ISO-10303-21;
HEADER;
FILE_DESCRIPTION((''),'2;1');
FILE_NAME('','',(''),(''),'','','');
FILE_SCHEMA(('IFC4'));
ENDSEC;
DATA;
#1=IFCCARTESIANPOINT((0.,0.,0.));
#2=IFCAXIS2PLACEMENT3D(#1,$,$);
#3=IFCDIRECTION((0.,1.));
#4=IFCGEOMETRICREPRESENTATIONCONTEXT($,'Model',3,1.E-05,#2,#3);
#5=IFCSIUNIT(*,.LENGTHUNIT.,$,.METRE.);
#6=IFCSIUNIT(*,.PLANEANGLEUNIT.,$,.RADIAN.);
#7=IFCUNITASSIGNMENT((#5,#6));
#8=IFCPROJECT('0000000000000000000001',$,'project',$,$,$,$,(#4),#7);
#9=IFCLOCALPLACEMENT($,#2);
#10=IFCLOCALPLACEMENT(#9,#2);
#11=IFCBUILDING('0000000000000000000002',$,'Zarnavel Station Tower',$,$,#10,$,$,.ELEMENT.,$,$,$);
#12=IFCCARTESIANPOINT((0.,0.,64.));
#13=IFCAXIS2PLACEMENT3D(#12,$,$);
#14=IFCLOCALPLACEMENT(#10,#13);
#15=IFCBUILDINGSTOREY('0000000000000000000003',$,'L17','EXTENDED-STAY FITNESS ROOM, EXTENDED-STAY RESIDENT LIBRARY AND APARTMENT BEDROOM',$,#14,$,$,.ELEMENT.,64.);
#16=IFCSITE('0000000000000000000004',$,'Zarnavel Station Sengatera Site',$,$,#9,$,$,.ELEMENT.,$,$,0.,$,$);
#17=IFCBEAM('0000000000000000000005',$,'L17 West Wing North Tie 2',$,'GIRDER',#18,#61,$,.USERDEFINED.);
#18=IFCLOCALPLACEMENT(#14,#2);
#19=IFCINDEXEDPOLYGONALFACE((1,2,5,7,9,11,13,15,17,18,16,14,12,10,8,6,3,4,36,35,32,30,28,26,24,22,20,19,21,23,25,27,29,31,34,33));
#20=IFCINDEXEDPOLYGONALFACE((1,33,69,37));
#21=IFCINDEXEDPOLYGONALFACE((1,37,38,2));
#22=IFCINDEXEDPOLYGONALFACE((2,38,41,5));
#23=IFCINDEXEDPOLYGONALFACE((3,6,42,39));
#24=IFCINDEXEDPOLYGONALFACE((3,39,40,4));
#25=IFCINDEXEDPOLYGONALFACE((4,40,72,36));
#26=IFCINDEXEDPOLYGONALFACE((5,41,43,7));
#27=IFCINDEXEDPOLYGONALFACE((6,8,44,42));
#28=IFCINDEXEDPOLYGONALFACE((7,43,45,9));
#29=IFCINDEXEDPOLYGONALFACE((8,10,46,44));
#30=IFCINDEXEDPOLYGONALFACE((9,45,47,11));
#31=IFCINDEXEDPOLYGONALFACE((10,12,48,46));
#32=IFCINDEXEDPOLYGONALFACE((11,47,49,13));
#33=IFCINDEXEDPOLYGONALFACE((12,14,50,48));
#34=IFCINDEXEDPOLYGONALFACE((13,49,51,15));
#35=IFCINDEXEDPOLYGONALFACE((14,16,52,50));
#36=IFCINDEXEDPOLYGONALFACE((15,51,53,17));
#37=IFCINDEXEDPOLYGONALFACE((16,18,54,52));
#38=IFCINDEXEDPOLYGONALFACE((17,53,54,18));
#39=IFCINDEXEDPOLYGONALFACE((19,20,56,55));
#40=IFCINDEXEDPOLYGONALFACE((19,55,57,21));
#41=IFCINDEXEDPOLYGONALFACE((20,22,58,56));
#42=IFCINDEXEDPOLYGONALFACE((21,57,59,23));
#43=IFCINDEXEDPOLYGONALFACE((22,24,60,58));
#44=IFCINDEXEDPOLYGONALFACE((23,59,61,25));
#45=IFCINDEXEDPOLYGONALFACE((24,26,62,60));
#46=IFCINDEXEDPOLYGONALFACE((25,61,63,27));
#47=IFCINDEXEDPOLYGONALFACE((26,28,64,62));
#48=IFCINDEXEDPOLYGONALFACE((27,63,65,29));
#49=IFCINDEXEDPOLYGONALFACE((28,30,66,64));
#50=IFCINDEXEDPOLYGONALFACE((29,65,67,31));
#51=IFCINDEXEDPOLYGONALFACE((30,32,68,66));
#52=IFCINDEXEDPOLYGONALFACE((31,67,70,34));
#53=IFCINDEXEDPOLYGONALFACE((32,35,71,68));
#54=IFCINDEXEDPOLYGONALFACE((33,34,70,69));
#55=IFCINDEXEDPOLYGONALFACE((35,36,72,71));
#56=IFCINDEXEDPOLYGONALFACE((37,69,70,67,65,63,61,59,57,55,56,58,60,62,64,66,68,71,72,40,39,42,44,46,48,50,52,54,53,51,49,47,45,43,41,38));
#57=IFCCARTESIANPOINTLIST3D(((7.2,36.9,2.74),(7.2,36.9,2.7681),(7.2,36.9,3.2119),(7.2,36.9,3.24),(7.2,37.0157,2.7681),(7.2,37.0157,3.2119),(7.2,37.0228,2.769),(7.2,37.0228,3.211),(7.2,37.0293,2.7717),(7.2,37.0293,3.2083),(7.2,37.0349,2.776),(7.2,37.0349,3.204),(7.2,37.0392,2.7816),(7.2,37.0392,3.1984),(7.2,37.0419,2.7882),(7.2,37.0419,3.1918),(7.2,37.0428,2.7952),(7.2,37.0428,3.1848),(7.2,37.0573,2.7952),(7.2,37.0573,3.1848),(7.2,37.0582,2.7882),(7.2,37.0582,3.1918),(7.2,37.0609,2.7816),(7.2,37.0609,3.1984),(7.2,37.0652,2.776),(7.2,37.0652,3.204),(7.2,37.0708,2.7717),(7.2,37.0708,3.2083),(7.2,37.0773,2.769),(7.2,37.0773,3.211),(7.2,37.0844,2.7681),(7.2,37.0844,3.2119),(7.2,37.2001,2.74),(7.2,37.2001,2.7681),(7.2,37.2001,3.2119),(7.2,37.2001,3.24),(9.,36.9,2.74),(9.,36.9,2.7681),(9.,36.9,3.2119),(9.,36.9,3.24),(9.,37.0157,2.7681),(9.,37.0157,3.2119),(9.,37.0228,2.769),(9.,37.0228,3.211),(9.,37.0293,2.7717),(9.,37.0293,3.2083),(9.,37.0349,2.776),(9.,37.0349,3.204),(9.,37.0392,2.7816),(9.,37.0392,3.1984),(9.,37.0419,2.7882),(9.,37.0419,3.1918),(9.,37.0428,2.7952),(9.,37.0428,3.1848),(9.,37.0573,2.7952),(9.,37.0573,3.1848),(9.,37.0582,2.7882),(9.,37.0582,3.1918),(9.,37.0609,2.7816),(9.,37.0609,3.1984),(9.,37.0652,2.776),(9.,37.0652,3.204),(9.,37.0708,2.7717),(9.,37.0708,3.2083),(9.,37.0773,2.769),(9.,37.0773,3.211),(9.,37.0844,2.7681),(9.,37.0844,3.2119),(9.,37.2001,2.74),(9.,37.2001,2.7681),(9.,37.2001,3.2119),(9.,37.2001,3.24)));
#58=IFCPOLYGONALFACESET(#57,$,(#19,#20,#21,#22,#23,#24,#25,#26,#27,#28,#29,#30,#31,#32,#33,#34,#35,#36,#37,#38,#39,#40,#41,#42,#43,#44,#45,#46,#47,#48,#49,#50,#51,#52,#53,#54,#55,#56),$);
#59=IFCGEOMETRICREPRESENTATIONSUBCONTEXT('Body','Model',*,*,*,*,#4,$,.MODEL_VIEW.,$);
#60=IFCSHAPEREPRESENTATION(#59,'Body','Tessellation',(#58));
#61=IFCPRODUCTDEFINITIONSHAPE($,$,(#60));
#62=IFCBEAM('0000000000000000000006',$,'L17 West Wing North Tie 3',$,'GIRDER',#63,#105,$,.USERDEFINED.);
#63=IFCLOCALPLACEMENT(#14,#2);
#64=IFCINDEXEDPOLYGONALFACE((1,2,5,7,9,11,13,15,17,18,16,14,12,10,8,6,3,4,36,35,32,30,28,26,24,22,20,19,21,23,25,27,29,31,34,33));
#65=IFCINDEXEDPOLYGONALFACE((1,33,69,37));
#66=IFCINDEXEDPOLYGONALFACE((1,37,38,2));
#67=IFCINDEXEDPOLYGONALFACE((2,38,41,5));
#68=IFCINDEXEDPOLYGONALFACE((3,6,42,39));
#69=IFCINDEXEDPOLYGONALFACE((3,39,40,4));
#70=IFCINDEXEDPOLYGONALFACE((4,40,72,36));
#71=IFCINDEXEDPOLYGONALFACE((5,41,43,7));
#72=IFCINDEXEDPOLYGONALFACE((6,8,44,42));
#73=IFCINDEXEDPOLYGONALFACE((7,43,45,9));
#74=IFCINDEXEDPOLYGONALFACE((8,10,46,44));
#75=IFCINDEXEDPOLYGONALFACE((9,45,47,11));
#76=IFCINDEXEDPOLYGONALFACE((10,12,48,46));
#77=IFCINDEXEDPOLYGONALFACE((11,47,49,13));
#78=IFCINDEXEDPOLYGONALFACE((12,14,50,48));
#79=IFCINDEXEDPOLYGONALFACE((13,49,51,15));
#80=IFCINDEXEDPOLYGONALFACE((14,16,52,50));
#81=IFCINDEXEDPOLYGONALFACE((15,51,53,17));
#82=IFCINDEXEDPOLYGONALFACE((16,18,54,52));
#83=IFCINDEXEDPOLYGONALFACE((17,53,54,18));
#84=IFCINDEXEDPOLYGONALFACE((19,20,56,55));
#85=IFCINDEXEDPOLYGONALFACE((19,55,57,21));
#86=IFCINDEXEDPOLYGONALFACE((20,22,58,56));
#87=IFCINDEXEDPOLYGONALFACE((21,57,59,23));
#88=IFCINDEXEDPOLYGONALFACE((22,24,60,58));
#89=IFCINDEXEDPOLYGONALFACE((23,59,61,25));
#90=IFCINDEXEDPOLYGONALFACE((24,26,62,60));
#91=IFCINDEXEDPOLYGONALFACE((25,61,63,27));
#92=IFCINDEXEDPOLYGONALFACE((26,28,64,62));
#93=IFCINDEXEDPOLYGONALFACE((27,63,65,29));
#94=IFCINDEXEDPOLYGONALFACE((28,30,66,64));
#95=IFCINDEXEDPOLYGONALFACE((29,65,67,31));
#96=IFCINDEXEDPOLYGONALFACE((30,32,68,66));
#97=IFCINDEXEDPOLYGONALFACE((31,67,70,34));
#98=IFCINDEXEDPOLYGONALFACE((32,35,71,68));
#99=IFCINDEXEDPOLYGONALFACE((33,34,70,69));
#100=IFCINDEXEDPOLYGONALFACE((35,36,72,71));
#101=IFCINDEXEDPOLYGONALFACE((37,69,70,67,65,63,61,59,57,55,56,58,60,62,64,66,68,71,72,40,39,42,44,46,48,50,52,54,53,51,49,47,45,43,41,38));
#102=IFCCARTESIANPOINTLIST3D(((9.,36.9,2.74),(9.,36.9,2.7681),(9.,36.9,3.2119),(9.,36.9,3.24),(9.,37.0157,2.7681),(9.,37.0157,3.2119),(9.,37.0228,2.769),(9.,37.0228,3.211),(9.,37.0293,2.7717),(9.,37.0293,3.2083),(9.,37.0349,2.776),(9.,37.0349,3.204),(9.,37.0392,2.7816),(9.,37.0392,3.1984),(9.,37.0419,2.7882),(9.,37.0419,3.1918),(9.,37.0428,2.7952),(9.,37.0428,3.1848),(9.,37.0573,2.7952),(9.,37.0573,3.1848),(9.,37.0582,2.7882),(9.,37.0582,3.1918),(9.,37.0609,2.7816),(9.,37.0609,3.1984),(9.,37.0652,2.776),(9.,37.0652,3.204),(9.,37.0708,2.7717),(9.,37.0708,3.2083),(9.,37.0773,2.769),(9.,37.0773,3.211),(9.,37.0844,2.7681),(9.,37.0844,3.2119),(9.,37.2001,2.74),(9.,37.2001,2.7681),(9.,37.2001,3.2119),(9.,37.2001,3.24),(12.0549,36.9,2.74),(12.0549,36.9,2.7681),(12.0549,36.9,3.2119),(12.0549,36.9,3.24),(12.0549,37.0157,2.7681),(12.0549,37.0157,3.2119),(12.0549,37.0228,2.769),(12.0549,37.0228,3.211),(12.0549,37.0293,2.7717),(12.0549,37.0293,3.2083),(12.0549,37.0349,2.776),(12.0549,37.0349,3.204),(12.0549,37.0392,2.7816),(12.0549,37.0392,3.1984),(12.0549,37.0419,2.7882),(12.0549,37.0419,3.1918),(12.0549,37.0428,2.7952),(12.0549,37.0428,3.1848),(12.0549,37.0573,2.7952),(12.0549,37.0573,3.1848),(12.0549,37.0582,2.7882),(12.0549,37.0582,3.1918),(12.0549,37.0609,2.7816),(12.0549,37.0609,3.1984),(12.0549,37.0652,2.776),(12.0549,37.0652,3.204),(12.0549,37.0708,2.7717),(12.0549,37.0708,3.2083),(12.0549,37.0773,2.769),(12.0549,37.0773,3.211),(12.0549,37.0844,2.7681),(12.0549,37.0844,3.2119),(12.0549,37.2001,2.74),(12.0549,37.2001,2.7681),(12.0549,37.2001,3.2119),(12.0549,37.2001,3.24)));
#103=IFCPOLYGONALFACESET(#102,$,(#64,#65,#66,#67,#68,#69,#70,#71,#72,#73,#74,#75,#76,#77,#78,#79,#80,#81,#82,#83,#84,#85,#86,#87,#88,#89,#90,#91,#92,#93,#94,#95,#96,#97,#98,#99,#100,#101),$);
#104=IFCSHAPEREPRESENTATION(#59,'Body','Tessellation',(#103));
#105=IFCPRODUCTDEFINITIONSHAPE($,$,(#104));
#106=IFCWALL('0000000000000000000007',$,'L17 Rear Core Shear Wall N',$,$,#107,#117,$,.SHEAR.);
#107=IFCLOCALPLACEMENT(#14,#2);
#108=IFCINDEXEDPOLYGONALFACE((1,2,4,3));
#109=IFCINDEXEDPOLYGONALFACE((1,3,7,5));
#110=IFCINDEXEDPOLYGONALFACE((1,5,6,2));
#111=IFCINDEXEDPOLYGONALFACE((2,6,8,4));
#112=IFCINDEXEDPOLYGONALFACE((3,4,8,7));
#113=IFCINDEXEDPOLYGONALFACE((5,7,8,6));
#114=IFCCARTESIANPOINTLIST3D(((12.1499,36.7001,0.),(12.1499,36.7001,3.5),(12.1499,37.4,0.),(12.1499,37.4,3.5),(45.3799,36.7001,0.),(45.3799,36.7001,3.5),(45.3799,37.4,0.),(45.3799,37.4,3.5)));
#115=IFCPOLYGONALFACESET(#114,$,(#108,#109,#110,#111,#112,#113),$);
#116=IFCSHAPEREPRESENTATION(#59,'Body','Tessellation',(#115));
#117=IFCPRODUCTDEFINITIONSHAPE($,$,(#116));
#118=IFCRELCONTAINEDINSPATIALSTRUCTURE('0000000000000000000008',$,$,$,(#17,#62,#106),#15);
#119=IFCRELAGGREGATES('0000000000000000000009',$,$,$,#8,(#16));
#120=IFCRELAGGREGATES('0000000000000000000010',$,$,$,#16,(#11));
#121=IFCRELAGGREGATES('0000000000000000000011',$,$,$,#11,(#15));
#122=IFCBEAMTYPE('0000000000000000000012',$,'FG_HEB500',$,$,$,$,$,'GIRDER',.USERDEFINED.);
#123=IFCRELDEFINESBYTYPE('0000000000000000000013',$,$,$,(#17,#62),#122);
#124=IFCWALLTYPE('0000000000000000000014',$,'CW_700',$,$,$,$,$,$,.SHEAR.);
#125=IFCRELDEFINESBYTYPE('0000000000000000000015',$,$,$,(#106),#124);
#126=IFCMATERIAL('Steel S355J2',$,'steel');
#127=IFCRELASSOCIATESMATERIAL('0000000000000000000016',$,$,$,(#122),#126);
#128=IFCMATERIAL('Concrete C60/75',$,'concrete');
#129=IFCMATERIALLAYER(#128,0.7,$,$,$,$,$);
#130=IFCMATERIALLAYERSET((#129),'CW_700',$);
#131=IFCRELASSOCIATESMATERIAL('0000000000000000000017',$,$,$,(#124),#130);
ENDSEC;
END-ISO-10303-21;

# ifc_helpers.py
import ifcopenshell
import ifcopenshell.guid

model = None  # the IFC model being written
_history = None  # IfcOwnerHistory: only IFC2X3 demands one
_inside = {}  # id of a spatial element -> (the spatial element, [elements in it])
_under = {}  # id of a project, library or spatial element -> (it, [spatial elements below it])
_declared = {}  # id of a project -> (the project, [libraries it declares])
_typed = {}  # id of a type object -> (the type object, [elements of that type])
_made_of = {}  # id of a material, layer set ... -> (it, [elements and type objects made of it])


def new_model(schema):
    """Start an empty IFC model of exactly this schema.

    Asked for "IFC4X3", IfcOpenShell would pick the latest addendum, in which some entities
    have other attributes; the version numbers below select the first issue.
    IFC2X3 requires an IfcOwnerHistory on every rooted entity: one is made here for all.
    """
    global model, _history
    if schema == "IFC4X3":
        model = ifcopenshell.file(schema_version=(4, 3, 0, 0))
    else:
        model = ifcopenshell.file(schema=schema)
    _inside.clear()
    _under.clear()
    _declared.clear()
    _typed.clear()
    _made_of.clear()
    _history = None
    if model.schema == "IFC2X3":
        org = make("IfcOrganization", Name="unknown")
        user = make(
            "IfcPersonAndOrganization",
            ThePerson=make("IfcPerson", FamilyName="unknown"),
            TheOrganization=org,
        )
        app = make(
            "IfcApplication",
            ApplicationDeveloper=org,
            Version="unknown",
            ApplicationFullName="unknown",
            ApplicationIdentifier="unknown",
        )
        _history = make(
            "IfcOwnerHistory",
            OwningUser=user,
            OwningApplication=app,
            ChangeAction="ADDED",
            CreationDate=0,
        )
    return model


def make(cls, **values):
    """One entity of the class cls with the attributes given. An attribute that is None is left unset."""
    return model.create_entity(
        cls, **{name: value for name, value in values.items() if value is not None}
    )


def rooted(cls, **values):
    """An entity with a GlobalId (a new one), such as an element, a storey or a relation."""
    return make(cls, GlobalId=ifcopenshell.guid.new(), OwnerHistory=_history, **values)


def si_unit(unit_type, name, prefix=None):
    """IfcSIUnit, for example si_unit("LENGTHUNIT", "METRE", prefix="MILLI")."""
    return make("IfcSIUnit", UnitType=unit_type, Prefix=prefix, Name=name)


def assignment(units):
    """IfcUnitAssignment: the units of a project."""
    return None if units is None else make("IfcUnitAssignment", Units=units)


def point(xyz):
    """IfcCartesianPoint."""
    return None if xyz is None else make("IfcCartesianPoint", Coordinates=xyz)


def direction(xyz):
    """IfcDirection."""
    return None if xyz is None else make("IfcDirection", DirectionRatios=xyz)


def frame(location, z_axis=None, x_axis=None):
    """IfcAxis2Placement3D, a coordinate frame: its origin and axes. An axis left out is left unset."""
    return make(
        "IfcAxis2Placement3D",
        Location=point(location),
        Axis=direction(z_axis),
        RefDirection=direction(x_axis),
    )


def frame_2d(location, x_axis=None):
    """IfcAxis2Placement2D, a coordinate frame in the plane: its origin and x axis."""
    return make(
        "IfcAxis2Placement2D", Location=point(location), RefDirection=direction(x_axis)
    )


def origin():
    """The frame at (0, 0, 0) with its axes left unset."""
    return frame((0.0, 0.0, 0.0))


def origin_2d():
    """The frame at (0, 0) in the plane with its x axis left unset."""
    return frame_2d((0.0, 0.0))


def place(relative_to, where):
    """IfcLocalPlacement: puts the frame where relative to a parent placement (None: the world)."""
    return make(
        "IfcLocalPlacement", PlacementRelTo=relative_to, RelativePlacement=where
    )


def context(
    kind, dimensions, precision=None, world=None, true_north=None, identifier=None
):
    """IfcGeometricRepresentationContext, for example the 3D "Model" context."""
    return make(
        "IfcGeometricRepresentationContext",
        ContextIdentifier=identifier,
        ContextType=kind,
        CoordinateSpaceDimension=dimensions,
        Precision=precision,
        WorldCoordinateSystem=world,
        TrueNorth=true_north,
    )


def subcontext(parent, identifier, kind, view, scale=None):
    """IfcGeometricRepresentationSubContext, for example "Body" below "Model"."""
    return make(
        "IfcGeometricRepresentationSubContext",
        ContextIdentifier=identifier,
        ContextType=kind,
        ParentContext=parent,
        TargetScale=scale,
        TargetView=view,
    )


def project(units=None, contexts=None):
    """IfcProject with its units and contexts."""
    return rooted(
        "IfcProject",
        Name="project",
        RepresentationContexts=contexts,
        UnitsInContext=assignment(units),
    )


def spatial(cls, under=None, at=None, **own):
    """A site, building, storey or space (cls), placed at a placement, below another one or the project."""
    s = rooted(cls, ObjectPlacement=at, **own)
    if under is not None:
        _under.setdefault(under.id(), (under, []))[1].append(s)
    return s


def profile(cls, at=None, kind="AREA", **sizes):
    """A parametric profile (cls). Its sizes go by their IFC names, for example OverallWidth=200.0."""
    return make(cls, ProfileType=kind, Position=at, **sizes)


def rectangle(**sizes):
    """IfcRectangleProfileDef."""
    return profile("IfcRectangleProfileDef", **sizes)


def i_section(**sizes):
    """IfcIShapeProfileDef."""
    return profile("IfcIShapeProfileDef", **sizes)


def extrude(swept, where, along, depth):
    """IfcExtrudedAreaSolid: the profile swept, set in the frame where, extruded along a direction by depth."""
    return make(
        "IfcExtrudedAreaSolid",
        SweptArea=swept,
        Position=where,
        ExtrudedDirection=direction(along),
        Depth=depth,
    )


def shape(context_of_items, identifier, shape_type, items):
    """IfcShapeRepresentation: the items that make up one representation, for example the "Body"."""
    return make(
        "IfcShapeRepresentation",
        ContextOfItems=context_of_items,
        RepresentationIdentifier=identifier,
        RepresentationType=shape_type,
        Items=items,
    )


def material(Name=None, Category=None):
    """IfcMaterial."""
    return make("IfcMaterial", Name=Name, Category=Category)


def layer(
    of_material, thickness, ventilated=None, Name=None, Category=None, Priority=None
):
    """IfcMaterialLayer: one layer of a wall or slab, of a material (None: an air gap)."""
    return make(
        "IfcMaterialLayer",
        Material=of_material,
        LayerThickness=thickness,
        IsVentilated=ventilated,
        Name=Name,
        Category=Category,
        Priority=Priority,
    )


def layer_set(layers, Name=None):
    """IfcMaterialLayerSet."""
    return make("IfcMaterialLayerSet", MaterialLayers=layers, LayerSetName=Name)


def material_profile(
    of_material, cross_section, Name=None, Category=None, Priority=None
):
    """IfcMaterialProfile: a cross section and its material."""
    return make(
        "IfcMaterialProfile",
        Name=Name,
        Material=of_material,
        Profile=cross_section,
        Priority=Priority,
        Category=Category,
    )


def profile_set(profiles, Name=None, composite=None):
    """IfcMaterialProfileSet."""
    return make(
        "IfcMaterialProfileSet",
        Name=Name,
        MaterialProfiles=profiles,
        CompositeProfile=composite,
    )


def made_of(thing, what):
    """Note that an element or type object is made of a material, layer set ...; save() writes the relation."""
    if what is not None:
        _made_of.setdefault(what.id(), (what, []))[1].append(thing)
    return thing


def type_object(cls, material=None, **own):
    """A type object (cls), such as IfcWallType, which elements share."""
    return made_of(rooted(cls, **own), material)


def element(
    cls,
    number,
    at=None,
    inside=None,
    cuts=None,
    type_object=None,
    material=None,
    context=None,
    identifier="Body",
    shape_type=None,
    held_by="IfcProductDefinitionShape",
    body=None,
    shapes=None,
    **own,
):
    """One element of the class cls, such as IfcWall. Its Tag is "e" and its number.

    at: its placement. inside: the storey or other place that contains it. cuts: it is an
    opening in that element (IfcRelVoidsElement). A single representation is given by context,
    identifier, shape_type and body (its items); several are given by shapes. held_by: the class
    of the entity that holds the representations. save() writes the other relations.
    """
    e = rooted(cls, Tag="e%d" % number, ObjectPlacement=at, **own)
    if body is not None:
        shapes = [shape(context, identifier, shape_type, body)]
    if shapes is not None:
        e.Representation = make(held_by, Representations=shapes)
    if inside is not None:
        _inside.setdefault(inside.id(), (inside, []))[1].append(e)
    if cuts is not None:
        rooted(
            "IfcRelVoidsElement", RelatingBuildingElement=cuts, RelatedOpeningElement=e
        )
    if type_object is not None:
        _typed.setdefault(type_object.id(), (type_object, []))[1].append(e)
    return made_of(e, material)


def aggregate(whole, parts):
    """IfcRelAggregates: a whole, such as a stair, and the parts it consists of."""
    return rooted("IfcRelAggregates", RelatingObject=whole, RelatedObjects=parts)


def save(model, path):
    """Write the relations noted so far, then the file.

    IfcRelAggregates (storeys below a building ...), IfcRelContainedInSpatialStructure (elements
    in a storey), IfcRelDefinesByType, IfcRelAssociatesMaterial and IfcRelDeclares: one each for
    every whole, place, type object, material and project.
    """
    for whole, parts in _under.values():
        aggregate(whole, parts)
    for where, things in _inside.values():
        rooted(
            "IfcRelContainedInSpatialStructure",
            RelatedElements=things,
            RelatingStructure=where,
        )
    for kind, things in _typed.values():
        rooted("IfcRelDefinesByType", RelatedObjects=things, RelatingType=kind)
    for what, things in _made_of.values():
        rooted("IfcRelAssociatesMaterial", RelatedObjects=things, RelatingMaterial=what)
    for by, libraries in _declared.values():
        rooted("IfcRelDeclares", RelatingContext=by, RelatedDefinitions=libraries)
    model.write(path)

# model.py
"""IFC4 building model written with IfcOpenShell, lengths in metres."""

from ifc_helpers import new_model, si_unit, direction, frame, frame_2d, origin, origin_2d, place, context, subcontext, project, spatial, rectangle, i_section, extrude, material, layer, layer_set, material_profile, profile_set, type_object, element, save


model = new_model("IFC4")

# Units and contexts
model_context = context("Model", 3, precision=1e-05, world=origin(), true_north=direction((0.0, 1.0)))
body_context = subcontext(model_context, "Body", "Model", "MODEL_VIEW")
ifc_project = project(units=[si_unit("LENGTHUNIT", "METRE"), si_unit("PLANEANGLEUNIT", "RADIAN")], contexts=[model_context])

# Site, building, storey
site_placement = place(None, origin())
site = spatial("IfcSite", under=ifc_project, at=site_placement, Name="Zarnavel Station Sengatera Site", CompositionType="ELEMENT", RefElevation=0.0)
building_placement = place(site_placement, origin())
building = spatial("IfcBuilding", under=site, at=building_placement, Name="Zarnavel Station Tower", CompositionType="ELEMENT")
storey_placement = place(building_placement, frame((0.0, 0.0, 64.0)))
storey = spatial("IfcBuildingStorey", under=building, at=storey_placement, Name="L17", Description="EXTENDED-STAY FITNESS ROOM, EXTENDED-STAY RESIDENT LIBRARY AND APARTMENT BEDROOM", CompositionType="ELEMENT", Elevation=64.0)

# Beams
ifc_material_1 = material(Name="Steel S355J2", Category="steel")
ifc_material_profile_1 = material_profile(ifc_material_1, i_section(OverallWidth=0.3, OverallDepth=0.5, WebThickness=0.0144, FlangeThickness=0.0281, FilletRadius=0.0271, at=origin_2d()), Name="HEB500")
ifc_profile_set_1 = profile_set([ifc_material_profile_1], Name="Steel S355J2")
beam_type = type_object("IfcBeamType", Name="FG_HEB500", ElementType="GIRDER", PredefinedType="USERDEFINED", material=ifc_profile_set_1)
beam_1_placement = place(storey_placement, frame((7.2, 37.05, 2.99), z_axis=(1.0, 0.0, 0.0), x_axis=(0.0, 1.0, 0.0)))
element("IfcBeam", 1, at=beam_1_placement, inside=storey, type_object=beam_type, Name="L17 West Wing North Tie 2", ObjectType="GIRDER", PredefinedType="USERDEFINED", context=body_context, shape_type="SweptSolid", body=[
    extrude(i_section(OverallWidth=0.3, OverallDepth=0.5, WebThickness=0.0144, FlangeThickness=0.0281, FilletRadius=0.0271, at=origin_2d()), origin(), (0.0, 0.0, 1.0), 1.8),
])
beam_2_placement = place(storey_placement, frame((9.0, 37.05, 2.99), z_axis=(1.0, 0.0, 0.0), x_axis=(0.0, 1.0, 0.0)))
element("IfcBeam", 2, at=beam_2_placement, inside=storey, type_object=beam_type, Name="L17 West Wing North Tie 3", ObjectType="GIRDER", PredefinedType="USERDEFINED", context=body_context, shape_type="SweptSolid", body=[
    extrude(i_section(OverallWidth=0.3, OverallDepth=0.5, WebThickness=0.0144, FlangeThickness=0.0281, FilletRadius=0.0271, at=origin_2d()), origin(), (0.0, 0.0, 1.0), 3.0549),
])

# Wall
ifc_material_2 = material(Name="Concrete C60/75", Category="concrete")
ifc_layer_1 = layer(ifc_material_2, 0.7)
ifc_layer_set_1 = layer_set([ifc_layer_1], Name="CW_700")
wall_type_1 = type_object("IfcWallType", Name="CW_700", PredefinedType="SHEAR", material=ifc_layer_set_1)
wall_1_placement = place(storey_placement, frame((12.1499, 37.05, 0.0), z_axis=(0.0, 0.0, 1.0), x_axis=(1.0, 0.0, 0.0)))
element("IfcWall", 3, at=wall_1_placement, inside=storey, type_object=wall_type_1, Name="L17 Rear Core Shear Wall N", PredefinedType="SHEAR", context=body_context, shape_type="SweptSolid", body=[
    extrude(rectangle(XDim=33.23, YDim=0.7, at=frame_2d((16.615, 0.0))), origin(), (0.0, 0.0, 1.0), 3.5),
])

save(model, "model.ifc")
